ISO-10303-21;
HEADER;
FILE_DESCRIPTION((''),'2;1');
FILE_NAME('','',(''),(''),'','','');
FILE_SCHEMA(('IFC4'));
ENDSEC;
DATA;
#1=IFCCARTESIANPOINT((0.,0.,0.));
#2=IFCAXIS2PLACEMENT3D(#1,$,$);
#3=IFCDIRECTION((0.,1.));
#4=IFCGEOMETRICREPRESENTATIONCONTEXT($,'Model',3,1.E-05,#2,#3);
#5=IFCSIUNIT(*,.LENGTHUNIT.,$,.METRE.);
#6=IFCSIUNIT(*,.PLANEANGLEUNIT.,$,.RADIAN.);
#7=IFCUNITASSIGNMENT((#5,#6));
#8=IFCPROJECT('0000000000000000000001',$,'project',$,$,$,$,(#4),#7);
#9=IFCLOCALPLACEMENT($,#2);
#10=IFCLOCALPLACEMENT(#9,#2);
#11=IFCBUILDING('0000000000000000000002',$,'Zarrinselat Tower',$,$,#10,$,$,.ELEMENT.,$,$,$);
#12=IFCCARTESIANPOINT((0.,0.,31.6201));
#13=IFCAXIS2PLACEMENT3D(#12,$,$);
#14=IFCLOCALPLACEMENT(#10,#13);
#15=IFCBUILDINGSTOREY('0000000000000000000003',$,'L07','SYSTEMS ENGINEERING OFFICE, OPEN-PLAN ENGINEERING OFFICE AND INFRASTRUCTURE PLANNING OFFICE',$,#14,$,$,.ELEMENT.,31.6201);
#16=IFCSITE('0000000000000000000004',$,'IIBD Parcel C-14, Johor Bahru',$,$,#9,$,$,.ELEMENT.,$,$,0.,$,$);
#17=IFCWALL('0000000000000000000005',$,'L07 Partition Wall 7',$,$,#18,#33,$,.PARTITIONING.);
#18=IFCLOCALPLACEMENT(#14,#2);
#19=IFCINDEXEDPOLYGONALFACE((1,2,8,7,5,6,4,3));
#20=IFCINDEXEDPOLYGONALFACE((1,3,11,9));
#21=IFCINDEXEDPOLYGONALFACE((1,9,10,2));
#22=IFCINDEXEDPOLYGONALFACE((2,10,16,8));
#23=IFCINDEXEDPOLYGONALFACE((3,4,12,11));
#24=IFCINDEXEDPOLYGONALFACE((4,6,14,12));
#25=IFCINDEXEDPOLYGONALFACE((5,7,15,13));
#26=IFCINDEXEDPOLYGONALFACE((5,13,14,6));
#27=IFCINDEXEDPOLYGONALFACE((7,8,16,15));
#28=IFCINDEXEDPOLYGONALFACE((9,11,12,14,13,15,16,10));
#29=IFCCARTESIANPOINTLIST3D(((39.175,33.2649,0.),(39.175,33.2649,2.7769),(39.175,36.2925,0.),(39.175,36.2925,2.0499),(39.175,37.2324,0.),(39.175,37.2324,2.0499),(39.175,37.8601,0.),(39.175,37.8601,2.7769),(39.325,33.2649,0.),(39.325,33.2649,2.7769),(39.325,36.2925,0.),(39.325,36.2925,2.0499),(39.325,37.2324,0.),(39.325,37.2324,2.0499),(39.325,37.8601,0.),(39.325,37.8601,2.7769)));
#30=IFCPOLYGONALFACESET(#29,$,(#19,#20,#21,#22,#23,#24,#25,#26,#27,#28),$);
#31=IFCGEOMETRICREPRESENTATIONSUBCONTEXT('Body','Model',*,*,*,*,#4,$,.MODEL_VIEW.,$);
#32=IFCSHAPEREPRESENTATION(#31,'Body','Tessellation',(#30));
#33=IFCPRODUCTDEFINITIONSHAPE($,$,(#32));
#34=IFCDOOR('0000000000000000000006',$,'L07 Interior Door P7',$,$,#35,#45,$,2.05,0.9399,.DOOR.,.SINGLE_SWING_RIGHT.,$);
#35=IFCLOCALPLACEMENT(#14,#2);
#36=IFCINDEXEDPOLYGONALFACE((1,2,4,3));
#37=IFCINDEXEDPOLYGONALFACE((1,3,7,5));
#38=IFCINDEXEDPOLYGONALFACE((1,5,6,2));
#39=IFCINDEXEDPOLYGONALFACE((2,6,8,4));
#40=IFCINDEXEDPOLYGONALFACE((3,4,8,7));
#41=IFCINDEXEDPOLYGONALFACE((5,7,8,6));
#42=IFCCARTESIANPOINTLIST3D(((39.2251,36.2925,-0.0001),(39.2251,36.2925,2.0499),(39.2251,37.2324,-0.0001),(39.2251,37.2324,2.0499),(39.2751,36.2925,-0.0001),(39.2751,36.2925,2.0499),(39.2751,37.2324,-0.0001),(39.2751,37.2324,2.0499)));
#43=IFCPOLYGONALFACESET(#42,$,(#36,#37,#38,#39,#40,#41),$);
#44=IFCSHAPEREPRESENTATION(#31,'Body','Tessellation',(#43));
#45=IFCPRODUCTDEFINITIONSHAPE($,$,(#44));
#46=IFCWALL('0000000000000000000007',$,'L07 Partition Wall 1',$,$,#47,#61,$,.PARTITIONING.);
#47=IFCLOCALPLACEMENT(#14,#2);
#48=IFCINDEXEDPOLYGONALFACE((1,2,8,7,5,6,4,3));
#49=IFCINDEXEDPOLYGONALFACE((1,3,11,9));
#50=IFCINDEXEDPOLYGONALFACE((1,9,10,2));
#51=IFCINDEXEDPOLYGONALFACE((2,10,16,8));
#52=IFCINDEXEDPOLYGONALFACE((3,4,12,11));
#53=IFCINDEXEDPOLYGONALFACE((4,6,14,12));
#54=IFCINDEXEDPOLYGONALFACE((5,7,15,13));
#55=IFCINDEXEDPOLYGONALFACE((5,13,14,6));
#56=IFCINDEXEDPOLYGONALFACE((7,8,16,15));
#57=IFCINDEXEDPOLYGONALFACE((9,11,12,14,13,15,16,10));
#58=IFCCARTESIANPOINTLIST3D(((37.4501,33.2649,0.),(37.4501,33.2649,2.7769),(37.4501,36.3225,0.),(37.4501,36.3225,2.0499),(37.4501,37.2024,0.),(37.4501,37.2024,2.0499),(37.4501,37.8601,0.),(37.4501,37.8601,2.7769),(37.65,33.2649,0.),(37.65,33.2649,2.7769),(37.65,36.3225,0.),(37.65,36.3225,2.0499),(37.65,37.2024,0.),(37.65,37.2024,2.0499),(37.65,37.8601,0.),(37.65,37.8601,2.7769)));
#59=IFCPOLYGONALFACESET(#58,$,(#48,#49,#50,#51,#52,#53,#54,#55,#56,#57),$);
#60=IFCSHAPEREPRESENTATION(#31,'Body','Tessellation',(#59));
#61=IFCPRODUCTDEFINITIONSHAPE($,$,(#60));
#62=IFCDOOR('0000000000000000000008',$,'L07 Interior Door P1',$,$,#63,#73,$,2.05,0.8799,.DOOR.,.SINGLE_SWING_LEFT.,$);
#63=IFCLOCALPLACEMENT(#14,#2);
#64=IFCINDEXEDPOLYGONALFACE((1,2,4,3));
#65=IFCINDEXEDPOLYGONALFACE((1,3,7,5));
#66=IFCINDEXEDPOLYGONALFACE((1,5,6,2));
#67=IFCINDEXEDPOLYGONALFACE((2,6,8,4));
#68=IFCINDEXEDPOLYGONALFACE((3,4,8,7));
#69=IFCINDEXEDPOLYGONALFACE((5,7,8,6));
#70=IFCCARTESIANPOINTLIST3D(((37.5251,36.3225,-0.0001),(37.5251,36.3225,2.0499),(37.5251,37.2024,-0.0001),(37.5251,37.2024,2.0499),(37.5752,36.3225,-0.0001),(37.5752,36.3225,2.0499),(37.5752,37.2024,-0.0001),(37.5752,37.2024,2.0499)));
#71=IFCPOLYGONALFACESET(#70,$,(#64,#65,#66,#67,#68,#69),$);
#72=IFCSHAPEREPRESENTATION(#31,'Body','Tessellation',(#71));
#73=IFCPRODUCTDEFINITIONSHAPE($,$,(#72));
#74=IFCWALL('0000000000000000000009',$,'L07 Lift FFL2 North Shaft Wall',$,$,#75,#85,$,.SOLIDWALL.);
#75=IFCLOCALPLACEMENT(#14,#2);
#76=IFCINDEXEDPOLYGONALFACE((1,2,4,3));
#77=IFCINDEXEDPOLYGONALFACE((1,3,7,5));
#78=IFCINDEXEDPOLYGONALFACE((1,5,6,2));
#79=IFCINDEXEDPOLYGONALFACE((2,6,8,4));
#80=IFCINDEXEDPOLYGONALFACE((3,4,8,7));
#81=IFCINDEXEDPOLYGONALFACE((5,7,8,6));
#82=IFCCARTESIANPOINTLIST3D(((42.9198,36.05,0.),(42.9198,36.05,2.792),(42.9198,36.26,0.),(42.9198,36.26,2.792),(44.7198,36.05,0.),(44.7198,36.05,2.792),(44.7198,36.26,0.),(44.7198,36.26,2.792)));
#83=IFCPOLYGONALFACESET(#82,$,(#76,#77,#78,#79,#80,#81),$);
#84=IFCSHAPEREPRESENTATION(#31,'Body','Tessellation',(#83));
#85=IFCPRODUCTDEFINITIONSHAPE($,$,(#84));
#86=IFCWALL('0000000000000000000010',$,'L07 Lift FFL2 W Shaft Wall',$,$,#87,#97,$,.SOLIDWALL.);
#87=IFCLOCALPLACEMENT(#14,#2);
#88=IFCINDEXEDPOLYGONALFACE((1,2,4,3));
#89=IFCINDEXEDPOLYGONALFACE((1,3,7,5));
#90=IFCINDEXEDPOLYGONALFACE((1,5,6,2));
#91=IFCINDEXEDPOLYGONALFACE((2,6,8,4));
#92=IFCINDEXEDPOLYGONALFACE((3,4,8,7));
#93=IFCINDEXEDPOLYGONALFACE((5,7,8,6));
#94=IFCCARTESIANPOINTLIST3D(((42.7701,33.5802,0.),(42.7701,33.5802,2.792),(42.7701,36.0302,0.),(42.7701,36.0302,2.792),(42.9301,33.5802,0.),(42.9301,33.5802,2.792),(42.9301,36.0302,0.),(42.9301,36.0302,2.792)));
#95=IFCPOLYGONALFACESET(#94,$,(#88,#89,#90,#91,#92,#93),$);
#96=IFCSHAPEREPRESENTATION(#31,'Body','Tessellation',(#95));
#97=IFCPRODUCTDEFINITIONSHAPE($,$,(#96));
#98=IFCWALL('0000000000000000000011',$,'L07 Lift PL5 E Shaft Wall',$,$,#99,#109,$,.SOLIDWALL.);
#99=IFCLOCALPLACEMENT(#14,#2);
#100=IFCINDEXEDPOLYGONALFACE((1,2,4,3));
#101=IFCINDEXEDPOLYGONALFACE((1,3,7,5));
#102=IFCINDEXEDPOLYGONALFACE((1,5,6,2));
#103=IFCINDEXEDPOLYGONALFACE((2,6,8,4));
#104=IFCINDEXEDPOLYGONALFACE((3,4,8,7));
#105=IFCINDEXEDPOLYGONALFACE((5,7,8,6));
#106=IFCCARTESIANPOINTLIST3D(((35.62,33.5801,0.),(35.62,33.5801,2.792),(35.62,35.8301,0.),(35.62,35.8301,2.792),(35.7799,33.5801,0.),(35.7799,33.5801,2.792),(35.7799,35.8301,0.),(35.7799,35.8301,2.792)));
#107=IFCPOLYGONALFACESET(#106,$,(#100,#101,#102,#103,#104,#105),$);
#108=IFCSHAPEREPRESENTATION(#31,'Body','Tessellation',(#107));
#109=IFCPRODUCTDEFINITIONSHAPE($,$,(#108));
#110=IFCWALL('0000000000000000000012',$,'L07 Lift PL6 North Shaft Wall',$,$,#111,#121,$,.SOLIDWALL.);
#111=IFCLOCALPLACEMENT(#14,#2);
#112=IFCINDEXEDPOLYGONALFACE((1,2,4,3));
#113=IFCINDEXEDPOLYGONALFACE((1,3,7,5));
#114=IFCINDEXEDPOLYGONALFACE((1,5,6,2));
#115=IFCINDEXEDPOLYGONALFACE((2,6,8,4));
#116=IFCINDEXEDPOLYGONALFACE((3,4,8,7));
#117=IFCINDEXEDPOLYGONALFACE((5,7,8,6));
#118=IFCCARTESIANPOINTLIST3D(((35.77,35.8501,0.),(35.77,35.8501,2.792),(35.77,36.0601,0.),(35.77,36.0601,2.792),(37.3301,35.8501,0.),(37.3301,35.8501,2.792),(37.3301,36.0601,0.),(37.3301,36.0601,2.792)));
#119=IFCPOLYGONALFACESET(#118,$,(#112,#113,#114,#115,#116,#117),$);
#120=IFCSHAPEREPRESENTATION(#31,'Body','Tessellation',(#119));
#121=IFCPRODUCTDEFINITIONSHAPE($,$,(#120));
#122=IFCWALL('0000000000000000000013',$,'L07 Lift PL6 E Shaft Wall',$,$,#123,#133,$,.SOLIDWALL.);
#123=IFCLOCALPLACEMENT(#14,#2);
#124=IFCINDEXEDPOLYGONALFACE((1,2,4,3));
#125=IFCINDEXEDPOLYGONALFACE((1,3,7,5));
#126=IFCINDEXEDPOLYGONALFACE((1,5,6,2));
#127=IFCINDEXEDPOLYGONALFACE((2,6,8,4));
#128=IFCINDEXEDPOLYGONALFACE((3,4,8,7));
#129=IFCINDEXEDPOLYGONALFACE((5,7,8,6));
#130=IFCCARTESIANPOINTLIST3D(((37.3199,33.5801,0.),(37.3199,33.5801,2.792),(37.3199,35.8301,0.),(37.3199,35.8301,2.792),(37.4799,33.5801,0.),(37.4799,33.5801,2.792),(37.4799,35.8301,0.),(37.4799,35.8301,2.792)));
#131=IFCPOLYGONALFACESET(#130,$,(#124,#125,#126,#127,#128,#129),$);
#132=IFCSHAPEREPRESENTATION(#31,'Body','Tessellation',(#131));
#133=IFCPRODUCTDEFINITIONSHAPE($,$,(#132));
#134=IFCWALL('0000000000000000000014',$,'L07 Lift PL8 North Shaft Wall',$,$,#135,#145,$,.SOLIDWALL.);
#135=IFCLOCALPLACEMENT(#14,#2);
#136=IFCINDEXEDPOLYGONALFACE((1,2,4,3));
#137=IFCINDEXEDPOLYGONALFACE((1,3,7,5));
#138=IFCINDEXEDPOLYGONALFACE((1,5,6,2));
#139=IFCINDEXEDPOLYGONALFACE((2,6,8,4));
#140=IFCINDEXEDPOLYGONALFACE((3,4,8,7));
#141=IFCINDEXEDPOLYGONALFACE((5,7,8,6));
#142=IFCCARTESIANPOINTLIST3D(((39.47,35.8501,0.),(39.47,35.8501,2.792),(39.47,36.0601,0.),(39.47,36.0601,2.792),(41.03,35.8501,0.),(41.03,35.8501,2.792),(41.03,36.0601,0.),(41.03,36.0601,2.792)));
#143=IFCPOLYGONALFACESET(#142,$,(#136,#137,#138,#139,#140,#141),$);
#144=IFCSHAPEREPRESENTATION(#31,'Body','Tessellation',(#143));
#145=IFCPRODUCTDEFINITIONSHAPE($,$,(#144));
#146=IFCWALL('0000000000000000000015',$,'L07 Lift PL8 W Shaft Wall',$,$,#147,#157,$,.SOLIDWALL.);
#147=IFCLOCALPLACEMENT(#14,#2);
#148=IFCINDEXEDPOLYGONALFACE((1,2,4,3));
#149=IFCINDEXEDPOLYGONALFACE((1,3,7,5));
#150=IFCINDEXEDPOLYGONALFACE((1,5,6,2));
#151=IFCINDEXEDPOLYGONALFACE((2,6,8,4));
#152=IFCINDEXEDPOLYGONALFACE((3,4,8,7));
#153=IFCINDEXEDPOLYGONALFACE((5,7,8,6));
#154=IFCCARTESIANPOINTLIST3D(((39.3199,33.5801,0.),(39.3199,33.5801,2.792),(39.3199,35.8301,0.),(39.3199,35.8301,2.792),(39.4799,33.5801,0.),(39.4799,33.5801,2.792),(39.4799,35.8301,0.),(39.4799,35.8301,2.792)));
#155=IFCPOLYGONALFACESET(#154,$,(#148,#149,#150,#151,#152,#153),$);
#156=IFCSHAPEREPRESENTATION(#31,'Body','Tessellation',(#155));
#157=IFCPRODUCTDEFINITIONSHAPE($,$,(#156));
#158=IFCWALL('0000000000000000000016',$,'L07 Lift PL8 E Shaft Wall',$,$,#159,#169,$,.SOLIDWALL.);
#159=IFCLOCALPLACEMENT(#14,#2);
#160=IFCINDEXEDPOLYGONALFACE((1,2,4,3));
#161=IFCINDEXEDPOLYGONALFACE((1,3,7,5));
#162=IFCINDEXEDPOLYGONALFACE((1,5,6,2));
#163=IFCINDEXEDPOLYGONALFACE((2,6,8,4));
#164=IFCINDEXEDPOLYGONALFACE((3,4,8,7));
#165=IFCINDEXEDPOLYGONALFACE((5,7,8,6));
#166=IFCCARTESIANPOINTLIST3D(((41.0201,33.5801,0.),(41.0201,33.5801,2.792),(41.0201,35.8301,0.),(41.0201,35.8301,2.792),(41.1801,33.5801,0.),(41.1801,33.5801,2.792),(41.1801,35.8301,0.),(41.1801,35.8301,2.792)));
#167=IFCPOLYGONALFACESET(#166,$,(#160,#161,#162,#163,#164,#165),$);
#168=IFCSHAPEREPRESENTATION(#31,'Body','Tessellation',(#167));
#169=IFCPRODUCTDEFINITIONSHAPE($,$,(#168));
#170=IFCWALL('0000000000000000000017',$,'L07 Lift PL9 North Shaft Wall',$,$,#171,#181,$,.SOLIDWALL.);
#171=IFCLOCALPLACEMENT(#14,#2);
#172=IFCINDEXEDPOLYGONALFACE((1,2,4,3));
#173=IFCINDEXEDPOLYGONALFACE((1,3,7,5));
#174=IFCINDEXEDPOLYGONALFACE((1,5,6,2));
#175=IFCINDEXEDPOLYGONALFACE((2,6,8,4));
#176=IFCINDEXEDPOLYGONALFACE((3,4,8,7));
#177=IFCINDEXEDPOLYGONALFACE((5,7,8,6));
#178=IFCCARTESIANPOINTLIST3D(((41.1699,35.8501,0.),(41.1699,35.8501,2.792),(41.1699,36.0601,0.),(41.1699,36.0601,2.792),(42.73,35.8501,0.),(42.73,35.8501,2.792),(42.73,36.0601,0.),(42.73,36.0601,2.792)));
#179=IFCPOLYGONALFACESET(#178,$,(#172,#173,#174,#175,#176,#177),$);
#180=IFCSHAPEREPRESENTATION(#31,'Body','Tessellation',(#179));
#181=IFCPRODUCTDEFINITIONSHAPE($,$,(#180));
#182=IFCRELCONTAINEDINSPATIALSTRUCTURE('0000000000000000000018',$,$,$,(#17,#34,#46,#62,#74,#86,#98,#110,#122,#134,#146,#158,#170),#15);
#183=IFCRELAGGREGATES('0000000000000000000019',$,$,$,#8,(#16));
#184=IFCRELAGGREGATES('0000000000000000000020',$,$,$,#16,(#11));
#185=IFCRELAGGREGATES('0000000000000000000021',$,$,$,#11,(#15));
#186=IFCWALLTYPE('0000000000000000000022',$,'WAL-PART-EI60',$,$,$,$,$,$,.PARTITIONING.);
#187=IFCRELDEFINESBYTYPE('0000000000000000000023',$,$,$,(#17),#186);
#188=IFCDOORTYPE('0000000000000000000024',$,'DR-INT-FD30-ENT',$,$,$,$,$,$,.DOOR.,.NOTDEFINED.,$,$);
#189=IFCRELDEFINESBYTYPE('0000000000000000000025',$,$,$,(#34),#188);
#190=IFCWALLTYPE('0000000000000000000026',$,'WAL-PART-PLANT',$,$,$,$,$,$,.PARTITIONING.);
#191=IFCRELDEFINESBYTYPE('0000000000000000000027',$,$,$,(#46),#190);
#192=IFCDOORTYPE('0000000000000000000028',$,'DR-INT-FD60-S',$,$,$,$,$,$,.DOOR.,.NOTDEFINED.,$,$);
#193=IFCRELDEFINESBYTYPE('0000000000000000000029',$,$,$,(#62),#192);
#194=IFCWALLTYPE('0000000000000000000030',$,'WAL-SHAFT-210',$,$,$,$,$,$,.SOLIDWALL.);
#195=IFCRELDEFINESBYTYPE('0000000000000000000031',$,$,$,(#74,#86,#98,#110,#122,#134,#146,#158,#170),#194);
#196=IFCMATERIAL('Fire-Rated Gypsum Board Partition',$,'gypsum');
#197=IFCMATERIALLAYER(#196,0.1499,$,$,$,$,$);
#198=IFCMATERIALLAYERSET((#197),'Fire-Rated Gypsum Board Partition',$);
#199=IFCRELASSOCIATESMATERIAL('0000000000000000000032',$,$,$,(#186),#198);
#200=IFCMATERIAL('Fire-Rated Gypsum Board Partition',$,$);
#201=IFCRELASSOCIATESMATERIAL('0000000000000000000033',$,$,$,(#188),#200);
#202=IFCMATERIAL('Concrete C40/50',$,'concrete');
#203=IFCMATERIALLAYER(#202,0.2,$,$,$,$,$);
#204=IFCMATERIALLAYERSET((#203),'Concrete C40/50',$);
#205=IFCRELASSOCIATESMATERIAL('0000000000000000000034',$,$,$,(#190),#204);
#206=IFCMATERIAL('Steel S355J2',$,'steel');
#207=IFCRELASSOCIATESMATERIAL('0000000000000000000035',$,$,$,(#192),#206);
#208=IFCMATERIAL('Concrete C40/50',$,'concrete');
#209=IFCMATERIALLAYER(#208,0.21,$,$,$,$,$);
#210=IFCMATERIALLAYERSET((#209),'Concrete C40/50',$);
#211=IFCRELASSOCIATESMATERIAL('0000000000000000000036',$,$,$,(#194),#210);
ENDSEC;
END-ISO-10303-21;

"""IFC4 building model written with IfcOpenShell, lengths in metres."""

from ifc_helpers import new_model, si_unit, direction, frame, frame_2d, origin, place, context, subcontext, project, spatial, rectangle, extrude, material, layer, layer_set, type_object, element, fill, save


model = new_model("IFC4")

# Units and contexts
model_context = context("Model", 3, precision=1e-05, world=origin(), true_north=direction((0.0, 1.0)))
body_context = subcontext(model_context, "Body", "Model", "MODEL_VIEW")
ifc_project = project(units=[si_unit("LENGTHUNIT", "METRE"), si_unit("PLANEANGLEUNIT", "RADIAN")], contexts=[model_context])

# Site, building, storey
site_placement = place(None, origin())
site = spatial("IfcSite", under=ifc_project, at=site_placement, Name="IIBD Parcel C-14, Johor Bahru", CompositionType="ELEMENT", RefElevation=0.0)
building_placement = place(site_placement, origin())
building = spatial("IfcBuilding", under=site, at=building_placement, Name="Zarrinselat Tower", CompositionType="ELEMENT")
storey_placement = place(building_placement, frame((0.0, 0.0, 31.6201)))
storey = spatial("IfcBuildingStorey", under=building, at=storey_placement, Name="L07", Description="SYSTEMS ENGINEERING OFFICE, OPEN-PLAN ENGINEERING OFFICE AND INFRASTRUCTURE PLANNING OFFICE", CompositionType="ELEMENT", Elevation=31.6201)

# Walls, openings, doors
ifc_material_1 = material(Name="Fire-Rated Gypsum Board Partition", Category="gypsum")
ifc_layer_1 = layer(ifc_material_1, 0.1499)
ifc_layer_set_1 = layer_set([ifc_layer_1], Name="Fire-Rated Gypsum Board Partition")
wall_type_1 = type_object("IfcWallType", Name="WAL-PART-EI60", PredefinedType="PARTITIONING", material=ifc_layer_set_1)
wall_1_placement = place(storey_placement, frame((39.25, 33.2649, 0.0), z_axis=(0.0, 0.0, 1.0), x_axis=(0.0, 1.0, 0.0)))
wall_1 = element("IfcWall", 1, at=wall_1_placement, inside=storey, type_object=wall_type_1, Name="L07 Partition Wall 7", PredefinedType="PARTITIONING", context=body_context, shape_type="SweptSolid", body=[
    extrude(rectangle(XDim=4.5952, YDim=0.1499, at=frame_2d((2.2976, 0.0))), origin(), (0.0, 0.0, 1.0), 2.7769),
])
opening_1_placement = place(wall_1_placement, frame((3.0276, 0.0, 0.0)))
opening_1 = element("IfcOpeningElement", 2, at=opening_1_placement, cuts=wall_1, PredefinedType="OPENING", context=body_context, shape_type="SweptSolid", body=[
    extrude(rectangle(XDim=0.9399, YDim=2.05, at=frame_2d((0.47, 1.0249))), frame((0.0, 0.085, 0.0), z_axis=(0.0, -1.0, 0.0), x_axis=(1.0, 0.0, 0.0)), (0.0, 0.0, 1.0), 0.1699),
])
ifc_material_2 = material(Name="Fire-Rated Gypsum Board Partition")
door_type_1 = type_object("IfcDoorType", Name="DR-INT-FD30-ENT", OperationType="NOTDEFINED", PredefinedType="DOOR", material=ifc_material_2)
door_1_placement = place(opening_1_placement, origin())
door_1 = element("IfcDoor", 3, at=door_1_placement, inside=storey, type_object=door_type_1, Name="L07 Interior Door P7", OperationType="SINGLE_SWING_RIGHT", OverallHeight=2.05, OverallWidth=0.9399, PredefinedType="DOOR", context=body_context, shape_type="SweptSolid", body=[
    extrude(rectangle(XDim=0.9399, YDim=2.05, at=frame_2d((0.47, 1.0249))), frame((0.0, 0.0249, 0.0), z_axis=(0.0, -1.0, 0.0), x_axis=(1.0, 0.0, 0.0)), (0.0, 0.0, 1.0), 0.05),
])
fill(opening_1, door_1)
ifc_material_3 = material(Name="Concrete C40/50", Category="concrete")
ifc_layer_2 = layer(ifc_material_3, 0.2)
ifc_layer_set_2 = layer_set([ifc_layer_2], Name="Concrete C40/50")
wall_type_2 = type_object("IfcWallType", Name="WAL-PART-PLANT", PredefinedType="PARTITIONING", material=ifc_layer_set_2)
wall_2_placement = place(storey_placement, frame((37.55, 33.2649, 0.0), z_axis=(0.0, 0.0, 1.0), x_axis=(0.0, 1.0, 0.0)))
wall_2 = element("IfcWall", 4, at=wall_2_placement, inside=storey, type_object=wall_type_2, Name="L07 Partition Wall 1", PredefinedType="PARTITIONING", context=body_context, shape_type="SweptSolid", body=[
    extrude(rectangle(XDim=4.5952, YDim=0.2, at=frame_2d((2.2976, 0.0))), origin(), (0.0, 0.0, 1.0), 2.7769),
])
opening_2_placement = place(wall_2_placement, frame((3.0576, 0.0, 0.0)))
opening_2 = element("IfcOpeningElement", 5, at=opening_2_placement, cuts=wall_2, PredefinedType="OPENING", context=body_context, shape_type="SweptSolid", body=[
    extrude(rectangle(XDim=0.8799, YDim=2.05, at=frame_2d((0.4399, 1.0249))), frame((0.0, 0.1099, 0.0), z_axis=(0.0, -1.0, 0.0), x_axis=(1.0, 0.0, 0.0)), (0.0, 0.0, 1.0), 0.22),
])
ifc_material_4 = material(Name="Steel S355J2", Category="steel")
door_type_2 = type_object("IfcDoorType", Name="DR-INT-FD60-S", OperationType="NOTDEFINED", PredefinedType="DOOR", material=ifc_material_4)
door_2_placement = place(opening_2_placement, origin())
door_2 = element("IfcDoor", 6, at=door_2_placement, inside=storey, type_object=door_type_2, Name="L07 Interior Door P1", OperationType="SINGLE_SWING_LEFT", OverallHeight=2.05, OverallWidth=0.8799, PredefinedType="DOOR", context=body_context, shape_type="SweptSolid", body=[
    extrude(rectangle(XDim=0.8799, YDim=2.05, at=frame_2d((0.4399, 1.0249))), frame((0.0, 0.0249, 0.0), z_axis=(0.0, -1.0, 0.0), x_axis=(1.0, 0.0, 0.0)), (0.0, 0.0, 1.0), 0.05),
])
fill(opening_2, door_2)

# Walls
ifc_material_5 = material(Name="Concrete C40/50", Category="concrete")
ifc_layer_3 = layer(ifc_material_5, 0.21)
ifc_layer_set_3 = layer_set([ifc_layer_3], Name="Concrete C40/50")
wall_type_3 = type_object("IfcWallType", Name="WAL-SHAFT-210", PredefinedType="SOLIDWALL", material=ifc_layer_set_3)
wall_3_placement = place(storey_placement, frame((42.9199, 36.155, 0.0), z_axis=(0.0, 0.0, 1.0), x_axis=(1.0, 0.0, 0.0)))
element("IfcWall", 7, at=wall_3_placement, inside=storey, type_object=wall_type_3, Name="L07 Lift FFL2 North Shaft Wall", PredefinedType="SOLIDWALL", context=body_context, shape_type="SweptSolid", body=[
    extrude(rectangle(XDim=1.8, YDim=0.21, at=frame_2d((0.8999, 0.0))), origin(), (0.0, 0.0, 1.0), 2.792),
])
wall_4_placement = place(storey_placement, frame((42.8501, 33.5801, 0.0), z_axis=(0.0, 0.0, 1.0), x_axis=(0.0, 1.0, 0.0)))
element("IfcWall", 8, at=wall_4_placement, inside=storey, type_object=wall_type_3, Name="L07 Lift FFL2 W Shaft Wall", PredefinedType="SOLIDWALL", context=body_context, shape_type="SweptSolid", body=[
    extrude(rectangle(XDim=2.45, YDim=0.1599, at=frame_2d((1.2251, 0.0))), origin(), (0.0, 0.0, 1.0), 2.792),
])
wall_5_placement = place(storey_placement, frame((35.7, 33.5801, 0.0), z_axis=(0.0, 0.0, 1.0), x_axis=(0.0, 1.0, 0.0)))
element("IfcWall", 9, at=wall_5_placement, inside=storey, type_object=wall_type_3, Name="L07 Lift PL5 E Shaft Wall", PredefinedType="SOLIDWALL", context=body_context, shape_type="SweptSolid", body=[
    extrude(rectangle(XDim=2.25, YDim=0.1599, at=frame_2d((1.125, 0.0))), origin(), (0.0, 0.0, 1.0), 2.792),
])
wall_6_placement = place(storey_placement, frame((35.77, 35.9551, 0.0), z_axis=(0.0, 0.0, 1.0), x_axis=(1.0, 0.0, 0.0)))
element("IfcWall", 10, at=wall_6_placement, inside=storey, type_object=wall_type_3, Name="L07 Lift PL6 North Shaft Wall", PredefinedType="SOLIDWALL", context=body_context, shape_type="SweptSolid", body=[
    extrude(rectangle(XDim=1.5601, YDim=0.21, at=frame_2d((0.78, 0.0))), origin(), (0.0, 0.0, 1.0), 2.792),
])
wall_7_placement = place(storey_placement, frame((37.3999, 33.5801, 0.0), z_axis=(0.0, 0.0, 1.0), x_axis=(0.0, 1.0, 0.0)))
element("IfcWall", 11, at=wall_7_placement, inside=storey, type_object=wall_type_3, Name="L07 Lift PL6 E Shaft Wall", PredefinedType="SOLIDWALL", context=body_context, shape_type="SweptSolid", body=[
    extrude(rectangle(XDim=2.25, YDim=0.1599, at=frame_2d((1.125, 0.0))), origin(), (0.0, 0.0, 1.0), 2.792),
])
wall_8_placement = place(storey_placement, frame((39.47, 35.9551, 0.0), z_axis=(0.0, 0.0, 1.0), x_axis=(1.0, 0.0, 0.0)))
element("IfcWall", 12, at=wall_8_placement, inside=storey, type_object=wall_type_3, Name="L07 Lift PL8 North Shaft Wall", PredefinedType="SOLIDWALL", context=body_context, shape_type="SweptSolid", body=[
    extrude(rectangle(XDim=1.5601, YDim=0.21, at=frame_2d((0.78, 0.0))), origin(), (0.0, 0.0, 1.0), 2.792),
])
for number, where, z_axis, x_axis, name in (
    (13, (39.3999, 33.5801, 0.0), (0.0, 0.0, 1.0), (0.0, 1.0, 0.0), "L07 Lift PL8 W Shaft Wall"),
    (14, (41.1001, 33.5801, 0.0), (0.0, 0.0, 1.0), (0.0, 1.0, 0.0), "L07 Lift PL8 E Shaft Wall"),
):
    element("IfcWall", number, at=place(storey_placement, frame(where, z_axis=z_axis, x_axis=x_axis)), inside=storey, type_object=wall_type_3, Name=name, PredefinedType="SOLIDWALL", context=body_context, shape_type="SweptSolid", body=[
        extrude(rectangle(XDim=2.25, YDim=0.1599, at=frame_2d((1.125, 0.0))), origin(), (0.0, 0.0, 1.0), 2.792),
    ])
wall_9_placement = place(storey_placement, frame((41.1699, 35.9551, 0.0), z_axis=(0.0, 0.0, 1.0), x_axis=(1.0, 0.0, 0.0)))
element("IfcWall", 15, at=wall_9_placement, inside=storey, type_object=wall_type_3, Name="L07 Lift PL9 North Shaft Wall", PredefinedType="SOLIDWALL", context=body_context, shape_type="SweptSolid", body=[
    extrude(rectangle(XDim=1.5601, YDim=0.21, at=frame_2d((0.78, 0.0))), origin(), (0.0, 0.0, 1.0), 2.792),
])

save(model, "model.ifc")
